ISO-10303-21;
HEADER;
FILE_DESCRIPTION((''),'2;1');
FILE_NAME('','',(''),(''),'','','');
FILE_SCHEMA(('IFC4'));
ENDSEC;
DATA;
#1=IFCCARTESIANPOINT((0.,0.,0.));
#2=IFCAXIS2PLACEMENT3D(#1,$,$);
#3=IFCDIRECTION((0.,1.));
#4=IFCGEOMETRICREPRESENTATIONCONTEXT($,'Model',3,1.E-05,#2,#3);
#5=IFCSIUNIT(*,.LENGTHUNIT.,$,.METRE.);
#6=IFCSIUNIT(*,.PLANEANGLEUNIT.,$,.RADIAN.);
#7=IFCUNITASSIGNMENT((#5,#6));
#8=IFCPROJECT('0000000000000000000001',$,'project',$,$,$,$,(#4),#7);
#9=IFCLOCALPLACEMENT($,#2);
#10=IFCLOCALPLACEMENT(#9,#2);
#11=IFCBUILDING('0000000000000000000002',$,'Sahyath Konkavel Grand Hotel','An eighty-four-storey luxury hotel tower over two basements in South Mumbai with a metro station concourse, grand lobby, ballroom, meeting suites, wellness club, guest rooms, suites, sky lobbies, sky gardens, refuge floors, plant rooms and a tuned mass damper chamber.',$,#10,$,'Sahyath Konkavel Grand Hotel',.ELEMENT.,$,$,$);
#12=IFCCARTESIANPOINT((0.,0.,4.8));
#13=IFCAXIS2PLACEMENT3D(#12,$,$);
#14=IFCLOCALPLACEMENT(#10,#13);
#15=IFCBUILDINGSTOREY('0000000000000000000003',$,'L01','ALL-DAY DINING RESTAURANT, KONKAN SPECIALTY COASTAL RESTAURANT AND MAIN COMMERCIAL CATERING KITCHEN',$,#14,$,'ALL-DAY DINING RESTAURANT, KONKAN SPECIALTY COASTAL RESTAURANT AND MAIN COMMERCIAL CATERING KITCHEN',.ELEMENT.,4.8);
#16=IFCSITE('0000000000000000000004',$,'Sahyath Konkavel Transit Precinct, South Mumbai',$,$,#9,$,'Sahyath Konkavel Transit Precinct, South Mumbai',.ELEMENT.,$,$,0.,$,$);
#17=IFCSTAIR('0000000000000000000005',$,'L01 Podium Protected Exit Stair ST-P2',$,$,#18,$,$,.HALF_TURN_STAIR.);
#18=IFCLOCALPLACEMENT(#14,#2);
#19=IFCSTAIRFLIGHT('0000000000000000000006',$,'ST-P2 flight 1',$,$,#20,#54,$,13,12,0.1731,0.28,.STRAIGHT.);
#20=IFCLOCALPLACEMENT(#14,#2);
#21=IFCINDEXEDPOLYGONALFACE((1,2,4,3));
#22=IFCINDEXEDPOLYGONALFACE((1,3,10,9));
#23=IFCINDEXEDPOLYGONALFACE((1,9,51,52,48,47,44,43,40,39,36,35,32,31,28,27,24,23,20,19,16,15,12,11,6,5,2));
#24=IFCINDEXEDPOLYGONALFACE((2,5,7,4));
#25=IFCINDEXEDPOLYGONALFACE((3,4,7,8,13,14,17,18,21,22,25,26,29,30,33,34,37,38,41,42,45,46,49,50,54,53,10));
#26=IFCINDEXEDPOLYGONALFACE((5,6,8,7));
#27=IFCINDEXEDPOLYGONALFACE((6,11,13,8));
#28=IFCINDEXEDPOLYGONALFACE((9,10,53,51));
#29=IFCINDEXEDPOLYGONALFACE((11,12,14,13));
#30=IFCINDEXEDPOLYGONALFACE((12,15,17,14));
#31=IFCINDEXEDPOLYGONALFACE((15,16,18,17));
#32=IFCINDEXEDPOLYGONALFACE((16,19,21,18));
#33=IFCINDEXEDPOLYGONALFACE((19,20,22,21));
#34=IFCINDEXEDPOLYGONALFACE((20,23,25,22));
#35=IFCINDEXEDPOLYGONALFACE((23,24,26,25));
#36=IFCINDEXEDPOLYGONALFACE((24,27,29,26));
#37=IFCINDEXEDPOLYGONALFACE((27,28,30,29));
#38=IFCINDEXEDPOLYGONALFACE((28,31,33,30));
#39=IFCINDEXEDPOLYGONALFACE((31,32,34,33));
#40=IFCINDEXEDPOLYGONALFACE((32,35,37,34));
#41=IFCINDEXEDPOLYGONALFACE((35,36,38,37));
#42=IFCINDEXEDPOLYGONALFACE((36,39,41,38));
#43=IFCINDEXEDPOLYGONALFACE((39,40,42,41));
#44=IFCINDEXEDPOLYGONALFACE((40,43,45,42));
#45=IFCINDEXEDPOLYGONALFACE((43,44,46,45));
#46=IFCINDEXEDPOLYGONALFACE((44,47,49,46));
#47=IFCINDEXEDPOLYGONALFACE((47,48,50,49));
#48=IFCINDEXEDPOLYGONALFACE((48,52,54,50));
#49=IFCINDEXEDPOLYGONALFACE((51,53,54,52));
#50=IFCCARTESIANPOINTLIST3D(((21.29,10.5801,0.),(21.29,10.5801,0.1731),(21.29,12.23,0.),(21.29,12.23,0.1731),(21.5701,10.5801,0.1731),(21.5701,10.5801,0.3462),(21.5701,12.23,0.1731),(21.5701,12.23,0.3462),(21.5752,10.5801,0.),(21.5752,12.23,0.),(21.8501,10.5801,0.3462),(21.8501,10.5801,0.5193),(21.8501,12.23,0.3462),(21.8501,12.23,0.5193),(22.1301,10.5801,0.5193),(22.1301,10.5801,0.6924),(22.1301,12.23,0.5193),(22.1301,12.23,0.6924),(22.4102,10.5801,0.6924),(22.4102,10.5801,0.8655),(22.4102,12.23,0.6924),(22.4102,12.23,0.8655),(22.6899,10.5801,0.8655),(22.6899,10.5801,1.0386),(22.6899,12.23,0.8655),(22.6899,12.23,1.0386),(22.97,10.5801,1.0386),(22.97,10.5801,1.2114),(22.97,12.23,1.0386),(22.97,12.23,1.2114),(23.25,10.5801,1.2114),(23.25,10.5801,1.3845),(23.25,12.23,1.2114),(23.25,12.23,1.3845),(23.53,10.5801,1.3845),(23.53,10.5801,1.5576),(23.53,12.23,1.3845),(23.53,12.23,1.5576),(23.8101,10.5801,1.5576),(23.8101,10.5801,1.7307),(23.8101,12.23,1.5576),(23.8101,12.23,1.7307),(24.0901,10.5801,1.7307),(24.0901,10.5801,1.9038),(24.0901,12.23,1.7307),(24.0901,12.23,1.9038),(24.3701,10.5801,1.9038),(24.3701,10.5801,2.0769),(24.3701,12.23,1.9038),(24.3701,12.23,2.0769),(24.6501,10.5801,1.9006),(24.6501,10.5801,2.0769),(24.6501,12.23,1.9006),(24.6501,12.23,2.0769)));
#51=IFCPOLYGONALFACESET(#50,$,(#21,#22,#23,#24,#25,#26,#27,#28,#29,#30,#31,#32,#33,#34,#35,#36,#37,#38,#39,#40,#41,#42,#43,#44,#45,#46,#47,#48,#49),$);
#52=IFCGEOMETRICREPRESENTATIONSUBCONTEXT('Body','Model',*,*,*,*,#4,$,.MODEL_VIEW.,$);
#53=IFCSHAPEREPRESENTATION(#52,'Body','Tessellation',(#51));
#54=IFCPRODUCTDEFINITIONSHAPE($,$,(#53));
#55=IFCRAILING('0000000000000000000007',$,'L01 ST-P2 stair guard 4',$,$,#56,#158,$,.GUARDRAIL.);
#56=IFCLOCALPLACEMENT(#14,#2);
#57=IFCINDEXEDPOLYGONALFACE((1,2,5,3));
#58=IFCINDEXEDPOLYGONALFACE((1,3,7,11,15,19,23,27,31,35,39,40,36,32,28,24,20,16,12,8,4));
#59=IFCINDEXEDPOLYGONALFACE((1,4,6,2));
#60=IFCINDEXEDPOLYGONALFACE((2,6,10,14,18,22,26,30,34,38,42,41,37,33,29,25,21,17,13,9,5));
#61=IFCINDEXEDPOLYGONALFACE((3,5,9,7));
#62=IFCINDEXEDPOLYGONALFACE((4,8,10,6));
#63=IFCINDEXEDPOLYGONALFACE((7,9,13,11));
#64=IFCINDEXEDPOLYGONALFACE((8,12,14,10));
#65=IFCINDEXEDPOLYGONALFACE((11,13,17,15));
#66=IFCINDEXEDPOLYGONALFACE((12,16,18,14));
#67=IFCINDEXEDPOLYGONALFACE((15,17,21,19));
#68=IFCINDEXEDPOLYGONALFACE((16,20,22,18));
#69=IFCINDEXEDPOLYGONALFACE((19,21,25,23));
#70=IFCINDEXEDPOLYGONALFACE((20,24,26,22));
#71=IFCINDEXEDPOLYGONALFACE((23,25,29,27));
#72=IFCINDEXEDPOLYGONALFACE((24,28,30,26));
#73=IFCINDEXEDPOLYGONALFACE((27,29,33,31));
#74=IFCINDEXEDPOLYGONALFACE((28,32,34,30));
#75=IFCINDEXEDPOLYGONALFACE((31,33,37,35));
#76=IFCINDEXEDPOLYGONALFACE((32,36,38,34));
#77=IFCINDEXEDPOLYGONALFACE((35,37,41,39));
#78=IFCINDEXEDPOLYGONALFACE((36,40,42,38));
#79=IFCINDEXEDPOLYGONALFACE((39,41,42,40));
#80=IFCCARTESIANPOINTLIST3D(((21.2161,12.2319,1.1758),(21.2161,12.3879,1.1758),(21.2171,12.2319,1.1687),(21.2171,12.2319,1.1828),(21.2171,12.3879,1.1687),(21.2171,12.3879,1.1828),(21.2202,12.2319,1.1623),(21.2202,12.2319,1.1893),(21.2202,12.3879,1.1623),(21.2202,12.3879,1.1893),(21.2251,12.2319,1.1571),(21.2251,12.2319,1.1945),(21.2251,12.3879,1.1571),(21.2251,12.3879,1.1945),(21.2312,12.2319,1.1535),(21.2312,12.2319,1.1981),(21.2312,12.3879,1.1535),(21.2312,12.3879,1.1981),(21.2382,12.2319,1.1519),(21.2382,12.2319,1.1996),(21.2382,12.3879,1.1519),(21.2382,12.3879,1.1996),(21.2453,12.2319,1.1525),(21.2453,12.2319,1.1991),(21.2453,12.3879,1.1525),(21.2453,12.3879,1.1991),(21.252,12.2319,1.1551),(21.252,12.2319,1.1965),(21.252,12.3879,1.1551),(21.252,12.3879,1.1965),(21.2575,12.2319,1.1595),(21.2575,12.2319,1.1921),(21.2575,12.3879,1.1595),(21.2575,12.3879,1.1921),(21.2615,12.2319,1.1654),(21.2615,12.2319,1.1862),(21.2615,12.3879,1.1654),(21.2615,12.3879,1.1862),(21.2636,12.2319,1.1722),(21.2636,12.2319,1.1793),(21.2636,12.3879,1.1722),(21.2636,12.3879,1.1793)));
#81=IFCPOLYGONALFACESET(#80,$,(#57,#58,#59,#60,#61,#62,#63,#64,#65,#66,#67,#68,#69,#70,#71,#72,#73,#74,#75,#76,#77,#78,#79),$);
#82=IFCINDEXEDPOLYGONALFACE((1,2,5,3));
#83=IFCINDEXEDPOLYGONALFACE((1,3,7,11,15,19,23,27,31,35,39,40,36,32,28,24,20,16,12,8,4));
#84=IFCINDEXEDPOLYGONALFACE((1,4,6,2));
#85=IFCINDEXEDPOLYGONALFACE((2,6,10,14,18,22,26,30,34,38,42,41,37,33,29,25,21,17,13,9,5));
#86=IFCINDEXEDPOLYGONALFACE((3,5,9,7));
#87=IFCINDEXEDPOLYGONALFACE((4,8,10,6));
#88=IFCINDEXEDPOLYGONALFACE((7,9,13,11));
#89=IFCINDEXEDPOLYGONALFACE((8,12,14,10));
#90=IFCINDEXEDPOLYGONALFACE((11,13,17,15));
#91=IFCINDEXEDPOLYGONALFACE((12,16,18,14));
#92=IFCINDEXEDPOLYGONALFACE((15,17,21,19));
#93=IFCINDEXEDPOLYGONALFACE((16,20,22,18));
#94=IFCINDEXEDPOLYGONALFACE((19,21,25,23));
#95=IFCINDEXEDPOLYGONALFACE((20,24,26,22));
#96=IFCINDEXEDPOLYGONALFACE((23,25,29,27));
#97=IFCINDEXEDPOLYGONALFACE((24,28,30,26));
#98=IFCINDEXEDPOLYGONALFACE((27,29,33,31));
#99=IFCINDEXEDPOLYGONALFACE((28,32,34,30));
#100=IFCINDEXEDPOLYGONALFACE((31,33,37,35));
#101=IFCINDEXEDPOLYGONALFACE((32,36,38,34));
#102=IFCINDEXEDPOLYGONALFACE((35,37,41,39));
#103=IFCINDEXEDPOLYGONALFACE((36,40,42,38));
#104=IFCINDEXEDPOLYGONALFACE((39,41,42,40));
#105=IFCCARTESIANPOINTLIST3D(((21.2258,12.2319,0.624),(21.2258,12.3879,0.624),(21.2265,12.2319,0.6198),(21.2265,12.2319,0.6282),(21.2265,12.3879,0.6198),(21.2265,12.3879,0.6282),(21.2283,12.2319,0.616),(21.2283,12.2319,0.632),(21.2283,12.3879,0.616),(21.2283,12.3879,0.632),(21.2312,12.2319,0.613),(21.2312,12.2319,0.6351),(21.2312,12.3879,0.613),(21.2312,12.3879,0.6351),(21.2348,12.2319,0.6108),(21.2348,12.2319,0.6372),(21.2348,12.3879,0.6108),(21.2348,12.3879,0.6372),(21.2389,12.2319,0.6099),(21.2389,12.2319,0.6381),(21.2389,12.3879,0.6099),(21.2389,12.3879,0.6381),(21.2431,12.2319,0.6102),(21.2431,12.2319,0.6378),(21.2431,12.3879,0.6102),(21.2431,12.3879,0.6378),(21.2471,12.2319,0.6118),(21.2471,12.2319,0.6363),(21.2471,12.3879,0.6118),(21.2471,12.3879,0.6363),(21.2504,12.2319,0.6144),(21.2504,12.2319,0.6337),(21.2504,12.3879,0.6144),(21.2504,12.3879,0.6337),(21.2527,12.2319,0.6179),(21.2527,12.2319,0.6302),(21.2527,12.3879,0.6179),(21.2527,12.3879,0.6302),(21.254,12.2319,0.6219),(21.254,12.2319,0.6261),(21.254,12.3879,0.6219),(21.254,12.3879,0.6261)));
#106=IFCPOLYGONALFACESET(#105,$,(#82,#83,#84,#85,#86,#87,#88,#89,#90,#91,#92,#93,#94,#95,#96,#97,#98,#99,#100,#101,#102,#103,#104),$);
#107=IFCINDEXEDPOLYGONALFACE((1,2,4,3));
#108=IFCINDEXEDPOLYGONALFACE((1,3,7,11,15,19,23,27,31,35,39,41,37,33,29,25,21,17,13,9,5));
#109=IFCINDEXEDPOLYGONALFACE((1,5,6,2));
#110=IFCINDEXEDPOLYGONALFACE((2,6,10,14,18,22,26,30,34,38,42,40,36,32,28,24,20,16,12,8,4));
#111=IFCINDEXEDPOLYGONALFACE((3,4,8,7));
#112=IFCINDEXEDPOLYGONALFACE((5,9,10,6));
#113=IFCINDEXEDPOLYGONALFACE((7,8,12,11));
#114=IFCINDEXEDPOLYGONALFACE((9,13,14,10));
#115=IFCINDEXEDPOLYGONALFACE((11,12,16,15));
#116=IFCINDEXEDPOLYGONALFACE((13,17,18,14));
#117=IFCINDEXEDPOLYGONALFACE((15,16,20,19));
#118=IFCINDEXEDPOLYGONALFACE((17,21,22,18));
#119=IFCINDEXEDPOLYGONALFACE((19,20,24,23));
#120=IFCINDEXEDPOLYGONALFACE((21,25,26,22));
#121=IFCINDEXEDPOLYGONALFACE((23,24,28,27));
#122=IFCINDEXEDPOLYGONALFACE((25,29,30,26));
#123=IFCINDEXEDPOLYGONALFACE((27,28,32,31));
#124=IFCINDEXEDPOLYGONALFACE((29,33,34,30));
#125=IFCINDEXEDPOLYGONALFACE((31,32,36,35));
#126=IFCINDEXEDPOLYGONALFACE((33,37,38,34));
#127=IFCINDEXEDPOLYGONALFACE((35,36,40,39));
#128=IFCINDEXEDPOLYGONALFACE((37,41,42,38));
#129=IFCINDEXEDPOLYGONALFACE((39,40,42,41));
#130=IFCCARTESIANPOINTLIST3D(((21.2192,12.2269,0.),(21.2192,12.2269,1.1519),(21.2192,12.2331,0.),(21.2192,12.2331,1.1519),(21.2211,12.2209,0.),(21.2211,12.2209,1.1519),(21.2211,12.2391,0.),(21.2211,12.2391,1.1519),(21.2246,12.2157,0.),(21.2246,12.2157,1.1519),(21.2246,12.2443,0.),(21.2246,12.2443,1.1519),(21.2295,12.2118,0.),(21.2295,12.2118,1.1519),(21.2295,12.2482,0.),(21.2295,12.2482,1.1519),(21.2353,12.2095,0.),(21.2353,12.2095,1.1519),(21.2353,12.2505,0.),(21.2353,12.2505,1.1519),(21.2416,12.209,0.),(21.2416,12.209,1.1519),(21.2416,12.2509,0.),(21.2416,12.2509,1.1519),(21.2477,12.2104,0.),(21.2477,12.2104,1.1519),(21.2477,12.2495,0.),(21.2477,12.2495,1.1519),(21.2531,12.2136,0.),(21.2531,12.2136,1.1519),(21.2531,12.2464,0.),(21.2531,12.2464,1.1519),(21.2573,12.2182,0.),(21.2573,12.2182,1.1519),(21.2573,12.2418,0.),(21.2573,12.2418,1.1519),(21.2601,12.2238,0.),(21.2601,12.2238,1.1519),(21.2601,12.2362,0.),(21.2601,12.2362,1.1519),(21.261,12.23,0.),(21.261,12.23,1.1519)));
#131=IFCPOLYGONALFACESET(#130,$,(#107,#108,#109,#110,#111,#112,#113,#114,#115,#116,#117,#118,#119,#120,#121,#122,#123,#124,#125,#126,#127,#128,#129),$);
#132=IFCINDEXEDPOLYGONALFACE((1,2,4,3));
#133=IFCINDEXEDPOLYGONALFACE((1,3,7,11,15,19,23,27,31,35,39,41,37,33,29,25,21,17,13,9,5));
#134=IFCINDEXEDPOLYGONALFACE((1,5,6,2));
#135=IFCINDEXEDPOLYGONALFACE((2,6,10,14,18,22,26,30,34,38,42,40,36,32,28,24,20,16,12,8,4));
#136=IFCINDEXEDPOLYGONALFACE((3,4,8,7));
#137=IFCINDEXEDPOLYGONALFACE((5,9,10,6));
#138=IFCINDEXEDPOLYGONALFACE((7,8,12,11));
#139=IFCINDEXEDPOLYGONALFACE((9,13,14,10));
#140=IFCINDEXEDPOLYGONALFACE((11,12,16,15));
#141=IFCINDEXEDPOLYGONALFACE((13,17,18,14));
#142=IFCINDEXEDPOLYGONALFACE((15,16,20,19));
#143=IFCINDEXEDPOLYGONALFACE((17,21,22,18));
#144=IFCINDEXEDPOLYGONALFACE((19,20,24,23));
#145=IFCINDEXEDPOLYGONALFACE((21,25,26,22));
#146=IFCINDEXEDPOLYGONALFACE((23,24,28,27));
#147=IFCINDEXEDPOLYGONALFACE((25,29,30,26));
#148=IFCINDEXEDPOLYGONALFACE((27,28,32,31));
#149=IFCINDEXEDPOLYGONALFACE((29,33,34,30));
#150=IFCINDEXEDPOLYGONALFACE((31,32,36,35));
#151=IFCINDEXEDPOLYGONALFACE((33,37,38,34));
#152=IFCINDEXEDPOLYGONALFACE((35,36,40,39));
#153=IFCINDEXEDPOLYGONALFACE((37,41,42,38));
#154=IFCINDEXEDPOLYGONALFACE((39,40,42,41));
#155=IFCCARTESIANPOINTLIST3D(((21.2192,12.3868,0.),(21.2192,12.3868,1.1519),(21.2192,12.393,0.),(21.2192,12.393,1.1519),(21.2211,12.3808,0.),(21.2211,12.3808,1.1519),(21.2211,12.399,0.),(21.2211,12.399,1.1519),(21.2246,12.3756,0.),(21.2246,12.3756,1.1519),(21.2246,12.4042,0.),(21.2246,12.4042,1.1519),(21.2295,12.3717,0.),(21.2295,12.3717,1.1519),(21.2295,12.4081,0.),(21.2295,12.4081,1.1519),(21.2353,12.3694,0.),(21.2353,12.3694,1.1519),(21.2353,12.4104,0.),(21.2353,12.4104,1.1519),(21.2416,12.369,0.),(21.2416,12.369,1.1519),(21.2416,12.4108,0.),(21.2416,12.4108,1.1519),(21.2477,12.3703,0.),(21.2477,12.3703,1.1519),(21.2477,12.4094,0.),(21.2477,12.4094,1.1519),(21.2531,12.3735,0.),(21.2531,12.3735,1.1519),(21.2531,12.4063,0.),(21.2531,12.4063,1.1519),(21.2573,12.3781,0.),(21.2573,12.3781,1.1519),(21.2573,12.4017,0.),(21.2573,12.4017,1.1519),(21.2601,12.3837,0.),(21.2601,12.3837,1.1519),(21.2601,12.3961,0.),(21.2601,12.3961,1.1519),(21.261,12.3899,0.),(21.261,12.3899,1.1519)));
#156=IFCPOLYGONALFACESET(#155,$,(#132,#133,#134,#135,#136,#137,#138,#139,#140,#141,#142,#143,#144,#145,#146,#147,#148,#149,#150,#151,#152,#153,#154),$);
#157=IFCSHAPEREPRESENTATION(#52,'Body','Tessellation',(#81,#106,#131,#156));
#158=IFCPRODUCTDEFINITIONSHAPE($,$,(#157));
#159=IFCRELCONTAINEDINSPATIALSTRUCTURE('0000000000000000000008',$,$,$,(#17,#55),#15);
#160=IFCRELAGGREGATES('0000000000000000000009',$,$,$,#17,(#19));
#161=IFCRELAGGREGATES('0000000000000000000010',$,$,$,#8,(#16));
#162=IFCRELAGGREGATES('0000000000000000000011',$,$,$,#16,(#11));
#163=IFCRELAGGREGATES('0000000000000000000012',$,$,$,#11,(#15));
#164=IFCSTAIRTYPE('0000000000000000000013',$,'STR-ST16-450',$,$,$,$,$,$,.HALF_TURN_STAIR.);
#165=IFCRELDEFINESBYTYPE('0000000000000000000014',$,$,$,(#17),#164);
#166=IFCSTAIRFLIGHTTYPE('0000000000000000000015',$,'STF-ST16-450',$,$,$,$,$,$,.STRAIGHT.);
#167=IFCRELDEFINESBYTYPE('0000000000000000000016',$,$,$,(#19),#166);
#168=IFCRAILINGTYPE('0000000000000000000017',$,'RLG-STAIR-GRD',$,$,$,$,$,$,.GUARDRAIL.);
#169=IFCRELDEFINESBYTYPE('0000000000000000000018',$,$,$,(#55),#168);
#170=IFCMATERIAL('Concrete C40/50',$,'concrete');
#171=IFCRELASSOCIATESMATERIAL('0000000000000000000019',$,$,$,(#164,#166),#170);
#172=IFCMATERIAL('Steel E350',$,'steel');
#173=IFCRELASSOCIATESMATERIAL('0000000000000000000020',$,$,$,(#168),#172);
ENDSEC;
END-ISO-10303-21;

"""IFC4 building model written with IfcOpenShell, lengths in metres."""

from ifc_helpers import new_model, si_unit, direction, frame, origin, origin_2d, place, context, subcontext, project, spatial, polyline, circle, outline, extrude, material, type_object, element, aggregate, save


model = new_model("IFC4")

# Units and contexts
model_context = context("Model", 3, precision=1e-05, world=origin(), true_north=direction((0.0, 1.0)))
body_context = subcontext(model_context, "Body", "Model", "MODEL_VIEW")
ifc_project = project(units=[si_unit("LENGTHUNIT", "METRE"), si_unit("PLANEANGLEUNIT", "RADIAN")], contexts=[model_context])

# Site, building, storey
site_placement = place(None, origin())
site = spatial("IfcSite", under=ifc_project, at=site_placement, Name="Sahyath Konkavel Transit Precinct, South Mumbai", LongName="Sahyath Konkavel Transit Precinct, South Mumbai", CompositionType="ELEMENT", RefElevation=0.0)
building_placement = place(site_placement, origin())
building = spatial("IfcBuilding", under=site, at=building_placement, Name="Sahyath Konkavel Grand Hotel", Description="An eighty-four-storey luxury hotel tower over two basements in South Mumbai with a metro station concourse, grand lobby, ballroom, meeting suites, wellness club, guest rooms, suites, sky lobbies, sky gardens, refuge floors, plant rooms and a tuned mass damper chamber.", LongName="Sahyath Konkavel Grand Hotel", CompositionType="ELEMENT")
storey_placement = place(building_placement, frame((0.0, 0.0, 4.8)))
storey = spatial("IfcBuildingStorey", under=building, at=storey_placement, Name="L01", Description="ALL-DAY DINING RESTAURANT, KONKAN SPECIALTY COASTAL RESTAURANT AND MAIN COMMERCIAL CATERING KITCHEN", LongName="ALL-DAY DINING RESTAURANT, KONKAN SPECIALTY COASTAL RESTAURANT AND MAIN COMMERCIAL CATERING KITCHEN", CompositionType="ELEMENT", Elevation=4.8)

# Shared definitions
ifc_material_1 = material(Name="Steel E350", Category="steel")

# Shared definitions
ifc_material_2 = material(Name="Concrete C40/50", Category="concrete")

# Stair, stair flight
stair_type = type_object("IfcStairType", Name="STR-ST16-450", PredefinedType="HALF_TURN_STAIR", material=ifc_material_2)
stair_placement = place(storey_placement, origin())
stair = element("IfcStair", 1, at=stair_placement, inside=storey, type_object=stair_type, Name="L01 Podium Protected Exit Stair ST-P2", PredefinedType="HALF_TURN_STAIR")
stair_flight_type = type_object("IfcStairFlightType", Name="STF-ST16-450", PredefinedType="STRAIGHT", material=ifc_material_2)
stair_flight_placement = place(storey_placement, frame((21.29, 11.405, 0.0), z_axis=(0.0, 0.0, 1.0), x_axis=(1.0, 0.0, 0.0)))
stair_flight = element("IfcStairFlight", 2, at=stair_flight_placement, type_object=stair_flight_type, Name="ST-P2 flight 1", NumberOfRisers=13, NumberOfTreads=12, PredefinedType="STRAIGHT", RiserHeight=0.1731, TreadLength=0.28, context=body_context, shape_type="SweptSolid", body=[
    extrude(outline(polyline([(0.0, 0.0), (0.0, 0.1731), (0.28, 0.1731), (0.28, 0.3462), (0.5601, 0.3462), (0.5601, 0.5193), (0.8401, 0.5193), (0.8401, 0.6924), (1.1201, 0.6924), (1.1201, 0.8655), (1.3999, 0.8655), (1.3999, 1.0386), (1.6799, 1.0386), (1.6799, 1.2114), (1.96, 1.2114), (1.96, 1.3845), (2.24, 1.3845), (2.24, 1.5576), (2.52, 1.5576), (2.52, 1.7307), (2.8, 1.7307), (2.8, 1.9038), (3.0801, 1.9038), (3.0801, 2.0769), (3.3601, 2.0769), (3.3601, 2.25), (3.3601, 1.9006), (0.2852, 0.0), (0.0, 0.0)])), frame((0.0, 0.825, 0.0), z_axis=(0.0, -1.0, 0.0), x_axis=(1.0, 0.0, 0.0)), (0.0, 0.0, 1.0), 1.6499),
])
aggregate(stair, [stair_flight])

# Railing
railing_type_1 = type_object("IfcRailingType", Name="RLG-STAIR-GRD", PredefinedType="GUARDRAIL", material=ifc_material_1)
railing_1_placement = place(storey_placement, frame((21.24, 12.23, 0.0)))
element("IfcRailing", 3, at=railing_1_placement, inside=storey, type_object=railing_type_1, Name="L01 ST-P2 stair guard 4", PredefinedType="GUARDRAIL", context=body_context, shape_type="SweptSolid", body=[
    extrude(circle(Radius=0.0239, at=origin_2d()), frame((0.0, 0.002, 1.1758), z_axis=(0.0, 1.0, 0.0), x_axis=(-1.0, 0.0, 0.0)), (0.0, 0.0, 1.0), 0.156),
    extrude(circle(Radius=0.0142, at=origin_2d()), frame((0.0, 0.002, 0.624), z_axis=(0.0, 1.0, 0.0), x_axis=(-1.0, 0.0, 0.0)), (0.0, 0.0, 1.0), 0.156),
    extrude(circle(Radius=0.021, at=origin_2d()), origin(), (0.0, 0.0, 1.0), 1.1519),
    extrude(circle(Radius=0.021, at=origin_2d()), frame((0.0, 0.1599, 0.0)), (0.0, 0.0, 1.0), 1.1519),
])

save(model, "model.ifc")
